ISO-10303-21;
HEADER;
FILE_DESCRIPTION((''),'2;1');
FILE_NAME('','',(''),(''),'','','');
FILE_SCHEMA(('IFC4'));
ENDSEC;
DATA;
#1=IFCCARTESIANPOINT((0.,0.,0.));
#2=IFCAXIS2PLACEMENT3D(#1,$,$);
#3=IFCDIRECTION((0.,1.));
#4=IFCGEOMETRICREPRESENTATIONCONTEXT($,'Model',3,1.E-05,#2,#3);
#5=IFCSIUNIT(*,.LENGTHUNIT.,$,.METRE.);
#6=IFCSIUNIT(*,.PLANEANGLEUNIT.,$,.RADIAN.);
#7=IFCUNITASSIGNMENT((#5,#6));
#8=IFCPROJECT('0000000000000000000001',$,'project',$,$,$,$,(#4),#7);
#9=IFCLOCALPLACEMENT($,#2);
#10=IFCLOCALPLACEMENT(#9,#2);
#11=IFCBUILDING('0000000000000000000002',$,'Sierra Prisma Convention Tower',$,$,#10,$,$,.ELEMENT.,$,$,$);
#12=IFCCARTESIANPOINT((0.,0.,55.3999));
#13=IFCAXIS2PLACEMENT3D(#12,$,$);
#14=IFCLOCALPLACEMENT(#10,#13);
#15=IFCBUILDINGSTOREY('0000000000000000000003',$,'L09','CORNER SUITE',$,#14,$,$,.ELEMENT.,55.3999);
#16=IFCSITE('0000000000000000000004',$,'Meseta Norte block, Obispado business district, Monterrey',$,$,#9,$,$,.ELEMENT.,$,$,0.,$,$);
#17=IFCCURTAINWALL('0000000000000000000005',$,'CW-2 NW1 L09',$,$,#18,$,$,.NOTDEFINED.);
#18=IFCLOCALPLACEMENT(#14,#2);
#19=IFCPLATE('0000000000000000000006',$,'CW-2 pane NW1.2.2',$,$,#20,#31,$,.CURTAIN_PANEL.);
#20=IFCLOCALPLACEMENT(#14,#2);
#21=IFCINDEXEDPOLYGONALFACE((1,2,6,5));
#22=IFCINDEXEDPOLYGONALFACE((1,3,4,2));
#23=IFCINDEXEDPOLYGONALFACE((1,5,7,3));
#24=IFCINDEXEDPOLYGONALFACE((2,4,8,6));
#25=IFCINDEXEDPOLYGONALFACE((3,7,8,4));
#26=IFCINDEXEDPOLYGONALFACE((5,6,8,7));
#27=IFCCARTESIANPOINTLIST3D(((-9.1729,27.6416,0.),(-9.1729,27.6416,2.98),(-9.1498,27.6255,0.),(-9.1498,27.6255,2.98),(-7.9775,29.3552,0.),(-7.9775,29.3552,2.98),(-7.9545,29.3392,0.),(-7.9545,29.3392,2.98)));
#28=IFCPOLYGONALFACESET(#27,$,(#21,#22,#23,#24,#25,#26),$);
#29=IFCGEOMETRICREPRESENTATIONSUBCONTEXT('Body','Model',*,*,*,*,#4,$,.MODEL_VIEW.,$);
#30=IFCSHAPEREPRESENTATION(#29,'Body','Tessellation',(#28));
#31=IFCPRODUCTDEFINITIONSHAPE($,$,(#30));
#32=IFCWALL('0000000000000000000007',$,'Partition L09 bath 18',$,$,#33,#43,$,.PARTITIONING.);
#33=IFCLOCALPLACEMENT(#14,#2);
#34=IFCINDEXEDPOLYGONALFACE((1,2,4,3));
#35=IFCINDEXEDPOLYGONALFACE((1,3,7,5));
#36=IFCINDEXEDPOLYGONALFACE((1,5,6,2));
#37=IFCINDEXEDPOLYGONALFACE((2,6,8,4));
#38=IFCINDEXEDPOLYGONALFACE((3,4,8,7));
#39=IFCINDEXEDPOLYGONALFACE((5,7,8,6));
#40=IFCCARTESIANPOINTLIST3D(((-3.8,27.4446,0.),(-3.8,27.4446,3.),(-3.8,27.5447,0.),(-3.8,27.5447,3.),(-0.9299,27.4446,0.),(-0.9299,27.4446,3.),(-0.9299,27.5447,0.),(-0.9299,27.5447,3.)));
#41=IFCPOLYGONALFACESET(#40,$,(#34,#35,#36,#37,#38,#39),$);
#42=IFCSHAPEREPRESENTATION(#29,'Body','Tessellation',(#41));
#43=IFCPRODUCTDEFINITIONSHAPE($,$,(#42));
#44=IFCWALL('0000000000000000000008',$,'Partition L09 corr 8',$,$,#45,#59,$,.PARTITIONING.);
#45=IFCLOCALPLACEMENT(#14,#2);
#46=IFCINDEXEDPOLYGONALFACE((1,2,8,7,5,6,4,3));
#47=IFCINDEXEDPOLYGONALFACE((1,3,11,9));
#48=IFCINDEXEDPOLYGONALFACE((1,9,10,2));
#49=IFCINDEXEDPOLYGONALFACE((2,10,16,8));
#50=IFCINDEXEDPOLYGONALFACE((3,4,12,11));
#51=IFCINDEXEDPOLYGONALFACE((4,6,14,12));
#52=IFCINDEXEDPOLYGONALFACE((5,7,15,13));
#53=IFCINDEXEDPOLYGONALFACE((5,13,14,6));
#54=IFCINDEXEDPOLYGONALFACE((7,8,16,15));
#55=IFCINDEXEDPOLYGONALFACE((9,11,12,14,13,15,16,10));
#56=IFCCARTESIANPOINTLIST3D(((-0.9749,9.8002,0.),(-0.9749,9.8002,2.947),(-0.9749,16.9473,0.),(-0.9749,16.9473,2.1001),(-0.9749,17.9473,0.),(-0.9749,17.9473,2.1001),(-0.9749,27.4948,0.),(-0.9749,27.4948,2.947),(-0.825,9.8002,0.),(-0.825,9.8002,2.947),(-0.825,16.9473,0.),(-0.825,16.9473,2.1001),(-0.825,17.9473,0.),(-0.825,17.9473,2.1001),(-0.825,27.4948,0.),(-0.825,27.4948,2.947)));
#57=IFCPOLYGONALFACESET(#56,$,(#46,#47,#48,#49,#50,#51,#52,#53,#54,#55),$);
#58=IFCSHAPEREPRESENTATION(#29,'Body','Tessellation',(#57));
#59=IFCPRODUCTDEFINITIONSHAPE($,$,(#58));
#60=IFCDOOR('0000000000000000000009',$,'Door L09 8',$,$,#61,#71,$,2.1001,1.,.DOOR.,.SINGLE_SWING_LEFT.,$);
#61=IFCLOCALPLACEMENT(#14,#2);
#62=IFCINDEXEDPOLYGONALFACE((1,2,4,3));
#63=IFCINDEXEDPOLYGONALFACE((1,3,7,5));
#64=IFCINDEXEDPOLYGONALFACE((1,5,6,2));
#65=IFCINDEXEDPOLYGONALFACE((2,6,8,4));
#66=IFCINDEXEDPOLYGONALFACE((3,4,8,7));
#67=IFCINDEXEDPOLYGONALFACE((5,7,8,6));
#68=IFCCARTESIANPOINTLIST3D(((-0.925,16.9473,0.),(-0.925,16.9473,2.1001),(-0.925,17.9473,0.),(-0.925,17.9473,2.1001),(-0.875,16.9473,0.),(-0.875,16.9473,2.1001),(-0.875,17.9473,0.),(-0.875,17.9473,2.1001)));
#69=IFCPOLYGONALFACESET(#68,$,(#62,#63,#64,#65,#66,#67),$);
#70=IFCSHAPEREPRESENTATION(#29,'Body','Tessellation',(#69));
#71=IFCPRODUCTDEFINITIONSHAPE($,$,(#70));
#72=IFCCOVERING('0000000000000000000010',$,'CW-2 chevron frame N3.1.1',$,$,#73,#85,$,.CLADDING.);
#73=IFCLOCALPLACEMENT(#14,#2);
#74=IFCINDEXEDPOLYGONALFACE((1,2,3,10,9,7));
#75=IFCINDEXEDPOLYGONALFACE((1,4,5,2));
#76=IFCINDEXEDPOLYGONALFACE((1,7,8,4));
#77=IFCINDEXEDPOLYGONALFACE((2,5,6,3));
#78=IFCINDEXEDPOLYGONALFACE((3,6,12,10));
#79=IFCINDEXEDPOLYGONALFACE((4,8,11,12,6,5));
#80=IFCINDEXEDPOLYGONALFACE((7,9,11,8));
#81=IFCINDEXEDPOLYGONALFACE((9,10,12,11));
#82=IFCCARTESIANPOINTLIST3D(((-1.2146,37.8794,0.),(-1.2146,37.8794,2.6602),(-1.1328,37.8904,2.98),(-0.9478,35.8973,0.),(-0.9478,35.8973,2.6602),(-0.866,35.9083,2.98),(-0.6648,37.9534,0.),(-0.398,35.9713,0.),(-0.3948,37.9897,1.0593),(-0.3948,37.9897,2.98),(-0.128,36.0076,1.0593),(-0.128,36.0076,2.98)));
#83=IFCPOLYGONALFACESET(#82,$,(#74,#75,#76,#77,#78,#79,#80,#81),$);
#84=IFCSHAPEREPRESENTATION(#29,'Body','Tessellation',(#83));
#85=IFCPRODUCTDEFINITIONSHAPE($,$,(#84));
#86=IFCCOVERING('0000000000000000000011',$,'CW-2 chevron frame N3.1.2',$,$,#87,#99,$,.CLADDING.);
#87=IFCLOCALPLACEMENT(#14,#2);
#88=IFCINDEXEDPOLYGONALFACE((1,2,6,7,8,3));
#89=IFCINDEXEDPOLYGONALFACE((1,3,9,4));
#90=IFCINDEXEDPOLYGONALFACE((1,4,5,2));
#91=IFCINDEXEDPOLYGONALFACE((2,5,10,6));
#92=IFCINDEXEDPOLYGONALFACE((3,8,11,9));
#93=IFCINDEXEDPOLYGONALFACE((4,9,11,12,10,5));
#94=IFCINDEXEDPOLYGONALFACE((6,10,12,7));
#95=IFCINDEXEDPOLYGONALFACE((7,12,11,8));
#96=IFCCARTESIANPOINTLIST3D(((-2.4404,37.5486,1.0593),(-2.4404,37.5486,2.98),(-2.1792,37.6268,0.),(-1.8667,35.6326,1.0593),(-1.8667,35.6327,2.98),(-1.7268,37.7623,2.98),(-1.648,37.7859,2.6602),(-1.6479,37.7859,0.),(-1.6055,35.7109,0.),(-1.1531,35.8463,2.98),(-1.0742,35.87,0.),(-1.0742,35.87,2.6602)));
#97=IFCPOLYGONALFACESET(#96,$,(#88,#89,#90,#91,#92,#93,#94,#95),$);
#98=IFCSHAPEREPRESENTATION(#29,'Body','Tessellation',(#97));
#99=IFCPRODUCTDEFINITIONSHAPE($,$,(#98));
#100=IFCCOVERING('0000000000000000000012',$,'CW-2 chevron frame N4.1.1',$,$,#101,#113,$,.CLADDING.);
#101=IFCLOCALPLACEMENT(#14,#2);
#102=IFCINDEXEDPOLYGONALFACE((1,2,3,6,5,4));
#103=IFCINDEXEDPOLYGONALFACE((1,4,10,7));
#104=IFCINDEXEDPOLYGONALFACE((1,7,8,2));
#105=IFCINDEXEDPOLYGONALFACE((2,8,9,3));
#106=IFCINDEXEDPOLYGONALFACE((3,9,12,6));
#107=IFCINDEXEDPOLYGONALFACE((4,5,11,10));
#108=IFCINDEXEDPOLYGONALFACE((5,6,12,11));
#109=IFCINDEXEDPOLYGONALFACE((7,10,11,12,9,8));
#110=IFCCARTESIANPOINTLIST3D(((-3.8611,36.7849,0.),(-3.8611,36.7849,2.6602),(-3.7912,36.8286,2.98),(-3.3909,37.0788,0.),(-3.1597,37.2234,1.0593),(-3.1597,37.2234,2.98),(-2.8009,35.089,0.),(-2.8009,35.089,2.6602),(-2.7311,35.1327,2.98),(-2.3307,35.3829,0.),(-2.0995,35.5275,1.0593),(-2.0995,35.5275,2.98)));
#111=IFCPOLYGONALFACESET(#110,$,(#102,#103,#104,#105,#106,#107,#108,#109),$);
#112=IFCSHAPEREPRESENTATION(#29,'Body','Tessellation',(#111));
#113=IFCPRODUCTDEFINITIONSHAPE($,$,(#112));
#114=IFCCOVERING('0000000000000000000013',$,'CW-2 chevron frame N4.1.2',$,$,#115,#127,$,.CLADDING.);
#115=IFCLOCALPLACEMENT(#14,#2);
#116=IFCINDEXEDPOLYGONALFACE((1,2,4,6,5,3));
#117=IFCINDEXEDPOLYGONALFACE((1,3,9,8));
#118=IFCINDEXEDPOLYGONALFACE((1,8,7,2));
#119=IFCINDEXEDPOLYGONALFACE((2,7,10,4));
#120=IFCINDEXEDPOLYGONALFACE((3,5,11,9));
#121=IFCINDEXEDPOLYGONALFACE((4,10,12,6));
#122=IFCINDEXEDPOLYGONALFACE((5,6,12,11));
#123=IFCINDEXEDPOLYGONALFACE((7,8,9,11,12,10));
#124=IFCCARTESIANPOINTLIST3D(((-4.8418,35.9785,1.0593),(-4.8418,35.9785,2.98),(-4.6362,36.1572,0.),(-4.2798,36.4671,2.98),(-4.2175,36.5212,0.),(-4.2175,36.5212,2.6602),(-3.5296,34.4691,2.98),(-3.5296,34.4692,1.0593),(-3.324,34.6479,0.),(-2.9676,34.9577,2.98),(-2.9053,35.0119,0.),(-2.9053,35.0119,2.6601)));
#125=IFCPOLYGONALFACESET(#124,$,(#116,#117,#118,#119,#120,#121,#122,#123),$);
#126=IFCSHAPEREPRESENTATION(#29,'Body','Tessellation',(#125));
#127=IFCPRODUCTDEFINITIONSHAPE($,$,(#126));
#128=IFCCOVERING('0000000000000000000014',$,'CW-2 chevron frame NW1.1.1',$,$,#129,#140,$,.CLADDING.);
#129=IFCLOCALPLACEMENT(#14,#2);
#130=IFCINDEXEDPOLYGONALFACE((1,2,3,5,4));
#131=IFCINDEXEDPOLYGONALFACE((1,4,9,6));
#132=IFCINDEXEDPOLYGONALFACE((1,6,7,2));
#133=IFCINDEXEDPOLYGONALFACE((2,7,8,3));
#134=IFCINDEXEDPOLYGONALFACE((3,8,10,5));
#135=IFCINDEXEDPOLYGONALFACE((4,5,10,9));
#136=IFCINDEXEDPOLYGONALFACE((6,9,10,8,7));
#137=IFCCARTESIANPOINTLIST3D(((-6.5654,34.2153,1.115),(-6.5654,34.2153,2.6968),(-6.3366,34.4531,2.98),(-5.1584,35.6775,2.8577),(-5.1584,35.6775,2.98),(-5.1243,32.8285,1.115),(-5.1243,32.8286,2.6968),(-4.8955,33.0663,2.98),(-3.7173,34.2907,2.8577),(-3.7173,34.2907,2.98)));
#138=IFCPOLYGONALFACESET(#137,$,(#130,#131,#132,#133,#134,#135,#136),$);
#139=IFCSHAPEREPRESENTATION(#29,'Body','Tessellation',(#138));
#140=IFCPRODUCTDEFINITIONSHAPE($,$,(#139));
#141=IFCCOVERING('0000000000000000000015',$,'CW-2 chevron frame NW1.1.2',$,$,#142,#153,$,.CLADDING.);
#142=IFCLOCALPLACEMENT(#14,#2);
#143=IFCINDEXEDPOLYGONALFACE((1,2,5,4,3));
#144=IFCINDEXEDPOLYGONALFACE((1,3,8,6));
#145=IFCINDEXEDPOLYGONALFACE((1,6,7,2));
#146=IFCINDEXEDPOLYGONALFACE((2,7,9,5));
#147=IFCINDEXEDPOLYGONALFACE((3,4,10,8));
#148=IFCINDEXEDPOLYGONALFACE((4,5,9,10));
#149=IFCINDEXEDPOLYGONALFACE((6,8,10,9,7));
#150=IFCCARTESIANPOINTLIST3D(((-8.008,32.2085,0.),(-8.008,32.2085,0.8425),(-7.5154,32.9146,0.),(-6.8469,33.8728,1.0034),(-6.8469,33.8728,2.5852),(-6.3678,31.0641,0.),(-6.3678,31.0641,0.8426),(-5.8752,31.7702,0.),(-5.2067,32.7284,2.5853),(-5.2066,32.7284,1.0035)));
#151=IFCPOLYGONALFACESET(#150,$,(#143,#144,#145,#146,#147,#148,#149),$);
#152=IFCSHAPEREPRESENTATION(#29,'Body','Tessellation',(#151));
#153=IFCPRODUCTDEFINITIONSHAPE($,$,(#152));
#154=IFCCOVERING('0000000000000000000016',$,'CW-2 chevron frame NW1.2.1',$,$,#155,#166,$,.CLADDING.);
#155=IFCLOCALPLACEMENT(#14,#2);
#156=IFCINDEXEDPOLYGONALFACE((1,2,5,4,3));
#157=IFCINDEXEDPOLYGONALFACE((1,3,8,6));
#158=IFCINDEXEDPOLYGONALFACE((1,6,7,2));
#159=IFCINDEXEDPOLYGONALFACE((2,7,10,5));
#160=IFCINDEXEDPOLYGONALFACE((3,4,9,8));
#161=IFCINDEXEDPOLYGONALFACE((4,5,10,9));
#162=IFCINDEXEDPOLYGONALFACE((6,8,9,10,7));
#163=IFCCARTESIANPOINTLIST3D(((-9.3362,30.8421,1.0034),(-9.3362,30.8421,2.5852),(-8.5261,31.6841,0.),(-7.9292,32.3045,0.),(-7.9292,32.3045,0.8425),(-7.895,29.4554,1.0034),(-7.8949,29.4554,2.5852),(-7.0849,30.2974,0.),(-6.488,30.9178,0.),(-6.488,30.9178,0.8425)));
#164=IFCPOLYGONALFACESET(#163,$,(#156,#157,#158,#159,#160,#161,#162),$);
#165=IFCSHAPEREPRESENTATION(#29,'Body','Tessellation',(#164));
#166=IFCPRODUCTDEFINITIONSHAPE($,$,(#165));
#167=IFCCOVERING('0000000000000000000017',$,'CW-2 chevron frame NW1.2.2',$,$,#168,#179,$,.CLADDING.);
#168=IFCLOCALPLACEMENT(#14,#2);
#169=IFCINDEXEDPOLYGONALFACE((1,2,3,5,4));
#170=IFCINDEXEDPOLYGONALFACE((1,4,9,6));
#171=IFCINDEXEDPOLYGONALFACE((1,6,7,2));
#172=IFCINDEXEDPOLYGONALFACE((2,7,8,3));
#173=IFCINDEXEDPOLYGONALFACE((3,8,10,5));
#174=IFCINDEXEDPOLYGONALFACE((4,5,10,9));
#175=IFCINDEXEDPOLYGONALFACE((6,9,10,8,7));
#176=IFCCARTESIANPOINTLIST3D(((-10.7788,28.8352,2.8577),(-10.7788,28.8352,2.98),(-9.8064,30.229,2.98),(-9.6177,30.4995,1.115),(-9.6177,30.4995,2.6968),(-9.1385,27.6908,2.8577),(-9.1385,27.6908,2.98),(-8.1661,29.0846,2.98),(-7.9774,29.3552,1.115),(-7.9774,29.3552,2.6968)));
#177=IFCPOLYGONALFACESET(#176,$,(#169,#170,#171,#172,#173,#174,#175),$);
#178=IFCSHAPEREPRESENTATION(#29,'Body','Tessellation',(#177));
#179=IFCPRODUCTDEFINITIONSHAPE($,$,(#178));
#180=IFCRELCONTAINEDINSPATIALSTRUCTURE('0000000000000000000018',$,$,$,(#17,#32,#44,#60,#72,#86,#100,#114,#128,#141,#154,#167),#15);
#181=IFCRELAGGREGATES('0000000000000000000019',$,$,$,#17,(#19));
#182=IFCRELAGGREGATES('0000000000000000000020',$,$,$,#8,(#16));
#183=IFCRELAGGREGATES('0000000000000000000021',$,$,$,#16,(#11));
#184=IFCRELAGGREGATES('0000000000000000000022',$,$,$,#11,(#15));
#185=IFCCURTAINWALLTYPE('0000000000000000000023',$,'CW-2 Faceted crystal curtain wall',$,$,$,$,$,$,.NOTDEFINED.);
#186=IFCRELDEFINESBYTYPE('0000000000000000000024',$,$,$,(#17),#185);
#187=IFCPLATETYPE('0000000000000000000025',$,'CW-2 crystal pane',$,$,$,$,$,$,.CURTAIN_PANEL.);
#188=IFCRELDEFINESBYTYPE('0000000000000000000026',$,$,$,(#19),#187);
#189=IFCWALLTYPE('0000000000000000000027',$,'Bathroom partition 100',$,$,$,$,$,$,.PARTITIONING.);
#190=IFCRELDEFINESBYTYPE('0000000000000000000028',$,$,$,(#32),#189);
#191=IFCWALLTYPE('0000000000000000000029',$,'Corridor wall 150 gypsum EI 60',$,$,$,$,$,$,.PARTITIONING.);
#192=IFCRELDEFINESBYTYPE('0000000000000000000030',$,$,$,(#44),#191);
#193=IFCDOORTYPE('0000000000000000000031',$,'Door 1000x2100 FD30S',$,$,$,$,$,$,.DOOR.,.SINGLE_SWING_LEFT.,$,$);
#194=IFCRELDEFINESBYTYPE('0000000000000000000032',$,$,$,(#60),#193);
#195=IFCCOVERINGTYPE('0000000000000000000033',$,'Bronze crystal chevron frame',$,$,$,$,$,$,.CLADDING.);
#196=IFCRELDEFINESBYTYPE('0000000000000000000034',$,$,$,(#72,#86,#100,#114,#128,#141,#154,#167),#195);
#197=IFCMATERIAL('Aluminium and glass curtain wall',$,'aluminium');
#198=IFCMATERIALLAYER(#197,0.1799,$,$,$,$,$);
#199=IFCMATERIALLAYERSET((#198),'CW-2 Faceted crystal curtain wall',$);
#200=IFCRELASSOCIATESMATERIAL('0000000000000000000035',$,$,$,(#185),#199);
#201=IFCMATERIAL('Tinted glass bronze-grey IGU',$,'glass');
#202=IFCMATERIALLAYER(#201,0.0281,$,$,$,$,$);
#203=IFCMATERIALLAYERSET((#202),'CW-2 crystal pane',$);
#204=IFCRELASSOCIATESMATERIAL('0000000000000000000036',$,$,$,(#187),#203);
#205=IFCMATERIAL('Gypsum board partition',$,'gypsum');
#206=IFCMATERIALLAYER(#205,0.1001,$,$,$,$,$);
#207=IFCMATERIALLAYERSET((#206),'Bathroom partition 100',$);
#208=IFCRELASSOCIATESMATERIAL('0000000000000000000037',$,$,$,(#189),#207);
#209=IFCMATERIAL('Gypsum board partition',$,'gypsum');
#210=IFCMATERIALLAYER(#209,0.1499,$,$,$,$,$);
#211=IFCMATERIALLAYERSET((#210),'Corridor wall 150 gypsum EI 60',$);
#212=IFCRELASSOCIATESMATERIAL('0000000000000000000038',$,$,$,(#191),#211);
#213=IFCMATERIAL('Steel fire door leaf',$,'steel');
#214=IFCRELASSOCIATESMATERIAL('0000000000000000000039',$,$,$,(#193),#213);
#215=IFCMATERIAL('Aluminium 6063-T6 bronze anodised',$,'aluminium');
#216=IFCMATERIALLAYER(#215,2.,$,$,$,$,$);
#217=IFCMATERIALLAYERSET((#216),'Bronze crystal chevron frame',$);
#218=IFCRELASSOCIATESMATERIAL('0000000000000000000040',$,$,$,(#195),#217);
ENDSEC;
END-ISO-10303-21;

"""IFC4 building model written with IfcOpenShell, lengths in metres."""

from ifc_helpers import new_model, si_unit, direction, frame, frame_2d, origin, place, context, subcontext, project, spatial, polyline, rectangle, outline, extrude, material, layer, layer_set, type_object, element, fill, aggregate, save


model = new_model("IFC4")

# Units and contexts
model_context = context("Model", 3, precision=1e-05, world=origin(), true_north=direction((0.0, 1.0)))
body_context = subcontext(model_context, "Body", "Model", "MODEL_VIEW")
ifc_project = project(units=[si_unit("LENGTHUNIT", "METRE"), si_unit("PLANEANGLEUNIT", "RADIAN")], contexts=[model_context])

# Site, building, storey
site_placement = place(None, origin())
site = spatial("IfcSite", under=ifc_project, at=site_placement, Name="Meseta Norte block, Obispado business district, Monterrey", CompositionType="ELEMENT", RefElevation=0.0)
building_placement = place(site_placement, origin())
building = spatial("IfcBuilding", under=site, at=building_placement, Name="Sierra Prisma Convention Tower", CompositionType="ELEMENT")
storey_placement = place(building_placement, frame((0.0, 0.0, 55.3999)))
storey = spatial("IfcBuildingStorey", under=building, at=storey_placement, Name="L09", Description="CORNER SUITE", CompositionType="ELEMENT", Elevation=55.3999)

# Shared definitions
ifc_material_1 = material(Name="Aluminium and glass curtain wall", Category="aluminium")
ifc_layer_1 = layer(ifc_material_1, 0.1799)
ifc_layer_set_1 = layer_set([ifc_layer_1], Name="CW-2 Faceted crystal curtain wall")
curtain_wall_type = type_object("IfcCurtainWallType", Name="CW-2 Faceted crystal curtain wall", PredefinedType="NOTDEFINED", material=ifc_layer_set_1)

# Curtain wall
curtain_wall_1_placement = place(storey_placement, origin())
curtain_wall_1 = element("IfcCurtainWall", 1, at=curtain_wall_1_placement, inside=storey, type_object=curtain_wall_type, Name="CW-2 NW1 L09", PredefinedType="NOTDEFINED")

# Plate
ifc_material_2 = material(Name="Tinted glass bronze-grey IGU", Category="glass")
ifc_layer_2 = layer(ifc_material_2, 0.0281)
ifc_layer_set_2 = layer_set([ifc_layer_2], Name="CW-2 crystal pane")
plate_type = type_object("IfcPlateType", Name="CW-2 crystal pane", PredefinedType="CURTAIN_PANEL", material=ifc_layer_set_2)
plate_1_placement = place(storey_placement, frame((-9.1729, 27.6416, 0.0), z_axis=(-0.820181, 0.572105, 0.0), x_axis=(0.572105, 0.820181, 0.0)))
plate_1 = element("IfcPlate", 2, at=plate_1_placement, type_object=plate_type, Name="CW-2 pane NW1.2.2", PredefinedType="CURTAIN_PANEL", context=body_context, shape_type="SweptSolid", body=[
    extrude(outline(polyline([(0.0, 0.0), (2.0893, 0.0), (2.0893, -2.98), (0.0, -2.98), (0.0, 0.0)])), origin(), (0.0, 0.0, -1.0), 0.0281),
])
aggregate(curtain_wall_1, [plate_1])

# Wall
ifc_material_3 = material(Name="Gypsum board partition", Category="gypsum")
ifc_layer_3 = layer(ifc_material_3, 0.1001)
ifc_layer_set_3 = layer_set([ifc_layer_3], Name="Bathroom partition 100")
wall_type_1 = type_object("IfcWallType", Name="Bathroom partition 100", PredefinedType="PARTITIONING", material=ifc_layer_set_3)
wall_1_placement = place(storey_placement, frame((-3.8, 27.4946, 0.0), z_axis=(0.0, 0.0, 1.0), x_axis=(1.0, 0.0, 0.0)))
element("IfcWall", 3, at=wall_1_placement, inside=storey, type_object=wall_type_1, Name="Partition L09 bath 18", PredefinedType="PARTITIONING", context=body_context, shape_type="SweptSolid", body=[
    extrude(rectangle(XDim=2.8701, YDim=0.1001, at=frame_2d((1.4351, 0.0))), origin(), (0.0, 0.0, 1.0), 3.0),
])

# Wall, opening, door
ifc_material_4 = material(Name="Gypsum board partition", Category="gypsum")
ifc_layer_4 = layer(ifc_material_4, 0.1499)
ifc_layer_set_4 = layer_set([ifc_layer_4], Name="Corridor wall 150 gypsum EI 60")
wall_type_2 = type_object("IfcWallType", Name="Corridor wall 150 gypsum EI 60", PredefinedType="PARTITIONING", material=ifc_layer_set_4)
wall_2_placement = place(storey_placement, frame((-0.8999, 27.4946, 0.0), z_axis=(0.0, 0.0, 1.0), x_axis=(0.0, -1.0, 0.0)))
wall_2 = element("IfcWall", 4, at=wall_2_placement, inside=storey, type_object=wall_type_2, Name="Partition L09 corr 8", PredefinedType="PARTITIONING", context=body_context, shape_type="SweptSolid", body=[
    extrude(rectangle(XDim=17.6946, YDim=0.1499, at=frame_2d((8.8472, 0.0))), origin(), (0.0, 0.0, 1.0), 2.947),
])
opening_placement = place(wall_2_placement, frame((9.5474, 0.0, 0.0)))
opening = element("IfcOpeningElement", 5, at=opening_placement, cuts=wall_2, PredefinedType="OPENING", context=body_context, shape_type="SweptSolid", body=[
    extrude(rectangle(XDim=1.0, YDim=2.1001, at=frame_2d((0.5, 1.05))), frame((0.0, 0.075, 0.0), z_axis=(0.0, -1.0, 0.0), x_axis=(1.0, 0.0, 0.0)), (0.0, 0.0, 1.0), 0.1499),
])
ifc_material_5 = material(Name="Steel fire door leaf", Category="steel")
door_type = type_object("IfcDoorType", Name="Door 1000x2100 FD30S", OperationType="SINGLE_SWING_LEFT", PredefinedType="DOOR", material=ifc_material_5)
door_placement = place(opening_placement, origin())
door = element("IfcDoor", 6, at=door_placement, inside=storey, type_object=door_type, Name="Door L09 8", OperationType="SINGLE_SWING_LEFT", OverallHeight=2.1001, OverallWidth=1.0, PredefinedType="DOOR", context=body_context, shape_type="SweptSolid", body=[
    extrude(rectangle(XDim=1.0, YDim=2.1001, at=frame_2d((0.5, 1.05))), frame((0.0, 0.0249, 0.0), z_axis=(0.0, -1.0, 0.0), x_axis=(1.0, 0.0, 0.0)), (0.0, 0.0, 1.0), 0.05),
])
fill(opening, door)

# Coverings
ifc_material_6 = material(Name="Aluminium 6063-T6 bronze anodised", Category="aluminium")
ifc_layer_5 = layer(ifc_material_6, 2.0)
ifc_layer_set_5 = layer_set([ifc_layer_5], Name="Bronze crystal chevron frame")
covering_type = type_object("IfcCoveringType", Name="Bronze crystal chevron frame", PredefinedType="CLADDING", material=ifc_layer_set_5)
covering_1_placement = place(storey_placement, frame((-0.3948, 37.9897, 2.98), z_axis=(-0.133395, 0.991063, -0.000002), x_axis=(0.0, -0.000002, -1.0)))
element("IfcCovering", 7, at=covering_1_placement, inside=storey, type_object=covering_type, Name="CW-2 chevron frame N3.1.1", PredefinedType="CLADDING", context=body_context, shape_type="SweptSolid", body=[
    extrude(outline(polyline([(0.0, 0.0), (1.9207, 0.0), (2.98, 0.2725), (2.98, 0.8272), (0.3198, 0.8272), (0.0, 0.7447), (0.0, 0.0)])), origin(), (0.0, 0.0, -1.0), 2.0),
])
covering_2_placement = place(storey_placement, frame((-1.6479, 37.7859, 0.0), z_axis=(-0.286877, 0.957967, -0.000005), x_axis=(-0.957967, -0.286877, 0.0)))
element("IfcCovering", 8, at=covering_2_placement, inside=storey, type_object=covering_type, Name="CW-2 chevron frame N3.1.2", PredefinedType="CLADDING", context=body_context, shape_type="SweptSolid", body=[
    extrude(outline(polyline([(0.0, 0.0), (0.5546, 0.0), (0.8272, 1.0593), (0.8272, 2.98), (0.0823, 2.98), (0.0, 2.6602), (0.0, 0.0)])), origin(), (0.0, 0.0, -1.0), 2.0),
])
covering_3_placement = place(storey_placement, frame((-3.1597, 37.2234, 2.98), z_axis=(-0.530076, 0.84795, -0.000008), x_axis=(0.000004, -0.000007, -1.0)))
element("IfcCovering", 9, at=covering_3_placement, inside=storey, type_object=covering_type, Name="CW-2 chevron frame N4.1.1", PredefinedType="CLADDING", context=body_context, shape_type="SweptSolid", body=[
    extrude(outline(polyline([(0.0, 0.0), (1.9207, 0.0), (2.98, 0.2727), (2.98, 0.8272), (0.3198, 0.8272), (0.0, 0.7448), (0.0, 0.0)])), origin(), (0.0, 0.0, -1.0), 2.0),
])
covering_4_placement = place(storey_placement, frame((-4.2175, 36.5212, 0.0), z_axis=(-0.656096, 0.754678, 0.00001), x_axis=(-0.754678, -0.656096, 0.0)))
element("IfcCovering", 10, at=covering_4_placement, inside=storey, type_object=covering_type, Name="CW-2 chevron frame N4.1.2", PredefinedType="CLADDING", context=body_context, shape_type="SweptSolid", body=[
    extrude(outline(polyline([(0.0, 0.0), (0.5548, 0.0), (0.8272, 1.0593), (0.8272, 2.98), (0.0825, 2.98), (0.0, 2.6602), (0.0, 0.0)])), origin(), (0.0, 0.0, -1.0), 2.0),
])
covering_5_placement = place(storey_placement, frame((-5.1584, 35.6775, 2.98), z_axis=(-0.72057, 0.693383, -0.000022), x_axis=(0.000016, -0.000015, -1.0)))
element("IfcCovering", 11, at=covering_5_placement, inside=storey, type_object=covering_type, Name="CW-2 chevron frame NW1.1.1", PredefinedType="CLADDING", context=body_context, shape_type="SweptSolid", body=[
    extrude(outline(polyline([(0.0, 0.0), (0.1223, 0.0), (1.865, 2.0292), (0.2832, 2.0292), (0.0, 1.6992), (0.0, 0.0)])), origin(), (0.0, 0.0, -1.0), 2.0),
])
covering_6_placement = place(storey_placement, frame((-6.8469, 33.8728, 2.5852), z_axis=(-0.820123, 0.572188, -0.000024), x_axis=(0.00002, -0.000014, -1.0)))
element("IfcCovering", 12, at=covering_6_placement, inside=storey, type_object=covering_type, Name="CW-2 chevron frame NW1.1.2", PredefinedType="CLADDING", context=body_context, shape_type="SweptSolid", body=[
    extrude(outline(polyline([(0.0, 0.0), (1.5818, 0.0), (2.5852, 1.1684), (2.5852, 2.0293), (1.7427, 2.0293), (0.0, 0.0)])), origin(), (0.0, 0.0, -1.0), 2.0),
])
covering_7_placement = place(storey_placement, frame((-8.5261, 31.6841, 0.0), z_axis=(-0.720623, 0.693327, 0.000018), x_axis=(-0.52598, -0.546705, 0.651505)))
element("IfcCovering", 13, at=covering_7_placement, inside=storey, type_object=covering_type, Name="CW-2 chevron frame NW1.2.1", PredefinedType="CLADDING", context=body_context, shape_type="SweptSolid", body=[
    extrude(outline(polyline([(0.0, 0.0), (1.5402, 0.0), (2.5707, 1.2), (-0.1042, 1.2001), (-0.6531, 0.5609), (0.0, 0.0)])), origin(), (0.0, 0.0, -1.0), 2.0),
])
covering_8_placement = place(storey_placement, frame((-10.7788, 28.8352, 2.98), z_axis=(-0.820129, 0.572178, 0.000002), x_axis=(0.572178, 0.820129, 0.0)))
element("IfcCovering", 14, at=covering_8_placement, inside=storey, type_object=covering_type, Name="CW-2 chevron frame NW1.2.2", PredefinedType="CLADDING", context=body_context, shape_type="SweptSolid", body=[
    extrude(outline(polyline([(0.0, 0.0), (1.6995, 0.0), (2.0293, 0.2832), (2.0293, 1.865), (0.0, 0.1223), (0.0, 0.0)])), origin(), (0.0, 0.0, -1.0), 2.0),
])

save(model, "model.ifc")
